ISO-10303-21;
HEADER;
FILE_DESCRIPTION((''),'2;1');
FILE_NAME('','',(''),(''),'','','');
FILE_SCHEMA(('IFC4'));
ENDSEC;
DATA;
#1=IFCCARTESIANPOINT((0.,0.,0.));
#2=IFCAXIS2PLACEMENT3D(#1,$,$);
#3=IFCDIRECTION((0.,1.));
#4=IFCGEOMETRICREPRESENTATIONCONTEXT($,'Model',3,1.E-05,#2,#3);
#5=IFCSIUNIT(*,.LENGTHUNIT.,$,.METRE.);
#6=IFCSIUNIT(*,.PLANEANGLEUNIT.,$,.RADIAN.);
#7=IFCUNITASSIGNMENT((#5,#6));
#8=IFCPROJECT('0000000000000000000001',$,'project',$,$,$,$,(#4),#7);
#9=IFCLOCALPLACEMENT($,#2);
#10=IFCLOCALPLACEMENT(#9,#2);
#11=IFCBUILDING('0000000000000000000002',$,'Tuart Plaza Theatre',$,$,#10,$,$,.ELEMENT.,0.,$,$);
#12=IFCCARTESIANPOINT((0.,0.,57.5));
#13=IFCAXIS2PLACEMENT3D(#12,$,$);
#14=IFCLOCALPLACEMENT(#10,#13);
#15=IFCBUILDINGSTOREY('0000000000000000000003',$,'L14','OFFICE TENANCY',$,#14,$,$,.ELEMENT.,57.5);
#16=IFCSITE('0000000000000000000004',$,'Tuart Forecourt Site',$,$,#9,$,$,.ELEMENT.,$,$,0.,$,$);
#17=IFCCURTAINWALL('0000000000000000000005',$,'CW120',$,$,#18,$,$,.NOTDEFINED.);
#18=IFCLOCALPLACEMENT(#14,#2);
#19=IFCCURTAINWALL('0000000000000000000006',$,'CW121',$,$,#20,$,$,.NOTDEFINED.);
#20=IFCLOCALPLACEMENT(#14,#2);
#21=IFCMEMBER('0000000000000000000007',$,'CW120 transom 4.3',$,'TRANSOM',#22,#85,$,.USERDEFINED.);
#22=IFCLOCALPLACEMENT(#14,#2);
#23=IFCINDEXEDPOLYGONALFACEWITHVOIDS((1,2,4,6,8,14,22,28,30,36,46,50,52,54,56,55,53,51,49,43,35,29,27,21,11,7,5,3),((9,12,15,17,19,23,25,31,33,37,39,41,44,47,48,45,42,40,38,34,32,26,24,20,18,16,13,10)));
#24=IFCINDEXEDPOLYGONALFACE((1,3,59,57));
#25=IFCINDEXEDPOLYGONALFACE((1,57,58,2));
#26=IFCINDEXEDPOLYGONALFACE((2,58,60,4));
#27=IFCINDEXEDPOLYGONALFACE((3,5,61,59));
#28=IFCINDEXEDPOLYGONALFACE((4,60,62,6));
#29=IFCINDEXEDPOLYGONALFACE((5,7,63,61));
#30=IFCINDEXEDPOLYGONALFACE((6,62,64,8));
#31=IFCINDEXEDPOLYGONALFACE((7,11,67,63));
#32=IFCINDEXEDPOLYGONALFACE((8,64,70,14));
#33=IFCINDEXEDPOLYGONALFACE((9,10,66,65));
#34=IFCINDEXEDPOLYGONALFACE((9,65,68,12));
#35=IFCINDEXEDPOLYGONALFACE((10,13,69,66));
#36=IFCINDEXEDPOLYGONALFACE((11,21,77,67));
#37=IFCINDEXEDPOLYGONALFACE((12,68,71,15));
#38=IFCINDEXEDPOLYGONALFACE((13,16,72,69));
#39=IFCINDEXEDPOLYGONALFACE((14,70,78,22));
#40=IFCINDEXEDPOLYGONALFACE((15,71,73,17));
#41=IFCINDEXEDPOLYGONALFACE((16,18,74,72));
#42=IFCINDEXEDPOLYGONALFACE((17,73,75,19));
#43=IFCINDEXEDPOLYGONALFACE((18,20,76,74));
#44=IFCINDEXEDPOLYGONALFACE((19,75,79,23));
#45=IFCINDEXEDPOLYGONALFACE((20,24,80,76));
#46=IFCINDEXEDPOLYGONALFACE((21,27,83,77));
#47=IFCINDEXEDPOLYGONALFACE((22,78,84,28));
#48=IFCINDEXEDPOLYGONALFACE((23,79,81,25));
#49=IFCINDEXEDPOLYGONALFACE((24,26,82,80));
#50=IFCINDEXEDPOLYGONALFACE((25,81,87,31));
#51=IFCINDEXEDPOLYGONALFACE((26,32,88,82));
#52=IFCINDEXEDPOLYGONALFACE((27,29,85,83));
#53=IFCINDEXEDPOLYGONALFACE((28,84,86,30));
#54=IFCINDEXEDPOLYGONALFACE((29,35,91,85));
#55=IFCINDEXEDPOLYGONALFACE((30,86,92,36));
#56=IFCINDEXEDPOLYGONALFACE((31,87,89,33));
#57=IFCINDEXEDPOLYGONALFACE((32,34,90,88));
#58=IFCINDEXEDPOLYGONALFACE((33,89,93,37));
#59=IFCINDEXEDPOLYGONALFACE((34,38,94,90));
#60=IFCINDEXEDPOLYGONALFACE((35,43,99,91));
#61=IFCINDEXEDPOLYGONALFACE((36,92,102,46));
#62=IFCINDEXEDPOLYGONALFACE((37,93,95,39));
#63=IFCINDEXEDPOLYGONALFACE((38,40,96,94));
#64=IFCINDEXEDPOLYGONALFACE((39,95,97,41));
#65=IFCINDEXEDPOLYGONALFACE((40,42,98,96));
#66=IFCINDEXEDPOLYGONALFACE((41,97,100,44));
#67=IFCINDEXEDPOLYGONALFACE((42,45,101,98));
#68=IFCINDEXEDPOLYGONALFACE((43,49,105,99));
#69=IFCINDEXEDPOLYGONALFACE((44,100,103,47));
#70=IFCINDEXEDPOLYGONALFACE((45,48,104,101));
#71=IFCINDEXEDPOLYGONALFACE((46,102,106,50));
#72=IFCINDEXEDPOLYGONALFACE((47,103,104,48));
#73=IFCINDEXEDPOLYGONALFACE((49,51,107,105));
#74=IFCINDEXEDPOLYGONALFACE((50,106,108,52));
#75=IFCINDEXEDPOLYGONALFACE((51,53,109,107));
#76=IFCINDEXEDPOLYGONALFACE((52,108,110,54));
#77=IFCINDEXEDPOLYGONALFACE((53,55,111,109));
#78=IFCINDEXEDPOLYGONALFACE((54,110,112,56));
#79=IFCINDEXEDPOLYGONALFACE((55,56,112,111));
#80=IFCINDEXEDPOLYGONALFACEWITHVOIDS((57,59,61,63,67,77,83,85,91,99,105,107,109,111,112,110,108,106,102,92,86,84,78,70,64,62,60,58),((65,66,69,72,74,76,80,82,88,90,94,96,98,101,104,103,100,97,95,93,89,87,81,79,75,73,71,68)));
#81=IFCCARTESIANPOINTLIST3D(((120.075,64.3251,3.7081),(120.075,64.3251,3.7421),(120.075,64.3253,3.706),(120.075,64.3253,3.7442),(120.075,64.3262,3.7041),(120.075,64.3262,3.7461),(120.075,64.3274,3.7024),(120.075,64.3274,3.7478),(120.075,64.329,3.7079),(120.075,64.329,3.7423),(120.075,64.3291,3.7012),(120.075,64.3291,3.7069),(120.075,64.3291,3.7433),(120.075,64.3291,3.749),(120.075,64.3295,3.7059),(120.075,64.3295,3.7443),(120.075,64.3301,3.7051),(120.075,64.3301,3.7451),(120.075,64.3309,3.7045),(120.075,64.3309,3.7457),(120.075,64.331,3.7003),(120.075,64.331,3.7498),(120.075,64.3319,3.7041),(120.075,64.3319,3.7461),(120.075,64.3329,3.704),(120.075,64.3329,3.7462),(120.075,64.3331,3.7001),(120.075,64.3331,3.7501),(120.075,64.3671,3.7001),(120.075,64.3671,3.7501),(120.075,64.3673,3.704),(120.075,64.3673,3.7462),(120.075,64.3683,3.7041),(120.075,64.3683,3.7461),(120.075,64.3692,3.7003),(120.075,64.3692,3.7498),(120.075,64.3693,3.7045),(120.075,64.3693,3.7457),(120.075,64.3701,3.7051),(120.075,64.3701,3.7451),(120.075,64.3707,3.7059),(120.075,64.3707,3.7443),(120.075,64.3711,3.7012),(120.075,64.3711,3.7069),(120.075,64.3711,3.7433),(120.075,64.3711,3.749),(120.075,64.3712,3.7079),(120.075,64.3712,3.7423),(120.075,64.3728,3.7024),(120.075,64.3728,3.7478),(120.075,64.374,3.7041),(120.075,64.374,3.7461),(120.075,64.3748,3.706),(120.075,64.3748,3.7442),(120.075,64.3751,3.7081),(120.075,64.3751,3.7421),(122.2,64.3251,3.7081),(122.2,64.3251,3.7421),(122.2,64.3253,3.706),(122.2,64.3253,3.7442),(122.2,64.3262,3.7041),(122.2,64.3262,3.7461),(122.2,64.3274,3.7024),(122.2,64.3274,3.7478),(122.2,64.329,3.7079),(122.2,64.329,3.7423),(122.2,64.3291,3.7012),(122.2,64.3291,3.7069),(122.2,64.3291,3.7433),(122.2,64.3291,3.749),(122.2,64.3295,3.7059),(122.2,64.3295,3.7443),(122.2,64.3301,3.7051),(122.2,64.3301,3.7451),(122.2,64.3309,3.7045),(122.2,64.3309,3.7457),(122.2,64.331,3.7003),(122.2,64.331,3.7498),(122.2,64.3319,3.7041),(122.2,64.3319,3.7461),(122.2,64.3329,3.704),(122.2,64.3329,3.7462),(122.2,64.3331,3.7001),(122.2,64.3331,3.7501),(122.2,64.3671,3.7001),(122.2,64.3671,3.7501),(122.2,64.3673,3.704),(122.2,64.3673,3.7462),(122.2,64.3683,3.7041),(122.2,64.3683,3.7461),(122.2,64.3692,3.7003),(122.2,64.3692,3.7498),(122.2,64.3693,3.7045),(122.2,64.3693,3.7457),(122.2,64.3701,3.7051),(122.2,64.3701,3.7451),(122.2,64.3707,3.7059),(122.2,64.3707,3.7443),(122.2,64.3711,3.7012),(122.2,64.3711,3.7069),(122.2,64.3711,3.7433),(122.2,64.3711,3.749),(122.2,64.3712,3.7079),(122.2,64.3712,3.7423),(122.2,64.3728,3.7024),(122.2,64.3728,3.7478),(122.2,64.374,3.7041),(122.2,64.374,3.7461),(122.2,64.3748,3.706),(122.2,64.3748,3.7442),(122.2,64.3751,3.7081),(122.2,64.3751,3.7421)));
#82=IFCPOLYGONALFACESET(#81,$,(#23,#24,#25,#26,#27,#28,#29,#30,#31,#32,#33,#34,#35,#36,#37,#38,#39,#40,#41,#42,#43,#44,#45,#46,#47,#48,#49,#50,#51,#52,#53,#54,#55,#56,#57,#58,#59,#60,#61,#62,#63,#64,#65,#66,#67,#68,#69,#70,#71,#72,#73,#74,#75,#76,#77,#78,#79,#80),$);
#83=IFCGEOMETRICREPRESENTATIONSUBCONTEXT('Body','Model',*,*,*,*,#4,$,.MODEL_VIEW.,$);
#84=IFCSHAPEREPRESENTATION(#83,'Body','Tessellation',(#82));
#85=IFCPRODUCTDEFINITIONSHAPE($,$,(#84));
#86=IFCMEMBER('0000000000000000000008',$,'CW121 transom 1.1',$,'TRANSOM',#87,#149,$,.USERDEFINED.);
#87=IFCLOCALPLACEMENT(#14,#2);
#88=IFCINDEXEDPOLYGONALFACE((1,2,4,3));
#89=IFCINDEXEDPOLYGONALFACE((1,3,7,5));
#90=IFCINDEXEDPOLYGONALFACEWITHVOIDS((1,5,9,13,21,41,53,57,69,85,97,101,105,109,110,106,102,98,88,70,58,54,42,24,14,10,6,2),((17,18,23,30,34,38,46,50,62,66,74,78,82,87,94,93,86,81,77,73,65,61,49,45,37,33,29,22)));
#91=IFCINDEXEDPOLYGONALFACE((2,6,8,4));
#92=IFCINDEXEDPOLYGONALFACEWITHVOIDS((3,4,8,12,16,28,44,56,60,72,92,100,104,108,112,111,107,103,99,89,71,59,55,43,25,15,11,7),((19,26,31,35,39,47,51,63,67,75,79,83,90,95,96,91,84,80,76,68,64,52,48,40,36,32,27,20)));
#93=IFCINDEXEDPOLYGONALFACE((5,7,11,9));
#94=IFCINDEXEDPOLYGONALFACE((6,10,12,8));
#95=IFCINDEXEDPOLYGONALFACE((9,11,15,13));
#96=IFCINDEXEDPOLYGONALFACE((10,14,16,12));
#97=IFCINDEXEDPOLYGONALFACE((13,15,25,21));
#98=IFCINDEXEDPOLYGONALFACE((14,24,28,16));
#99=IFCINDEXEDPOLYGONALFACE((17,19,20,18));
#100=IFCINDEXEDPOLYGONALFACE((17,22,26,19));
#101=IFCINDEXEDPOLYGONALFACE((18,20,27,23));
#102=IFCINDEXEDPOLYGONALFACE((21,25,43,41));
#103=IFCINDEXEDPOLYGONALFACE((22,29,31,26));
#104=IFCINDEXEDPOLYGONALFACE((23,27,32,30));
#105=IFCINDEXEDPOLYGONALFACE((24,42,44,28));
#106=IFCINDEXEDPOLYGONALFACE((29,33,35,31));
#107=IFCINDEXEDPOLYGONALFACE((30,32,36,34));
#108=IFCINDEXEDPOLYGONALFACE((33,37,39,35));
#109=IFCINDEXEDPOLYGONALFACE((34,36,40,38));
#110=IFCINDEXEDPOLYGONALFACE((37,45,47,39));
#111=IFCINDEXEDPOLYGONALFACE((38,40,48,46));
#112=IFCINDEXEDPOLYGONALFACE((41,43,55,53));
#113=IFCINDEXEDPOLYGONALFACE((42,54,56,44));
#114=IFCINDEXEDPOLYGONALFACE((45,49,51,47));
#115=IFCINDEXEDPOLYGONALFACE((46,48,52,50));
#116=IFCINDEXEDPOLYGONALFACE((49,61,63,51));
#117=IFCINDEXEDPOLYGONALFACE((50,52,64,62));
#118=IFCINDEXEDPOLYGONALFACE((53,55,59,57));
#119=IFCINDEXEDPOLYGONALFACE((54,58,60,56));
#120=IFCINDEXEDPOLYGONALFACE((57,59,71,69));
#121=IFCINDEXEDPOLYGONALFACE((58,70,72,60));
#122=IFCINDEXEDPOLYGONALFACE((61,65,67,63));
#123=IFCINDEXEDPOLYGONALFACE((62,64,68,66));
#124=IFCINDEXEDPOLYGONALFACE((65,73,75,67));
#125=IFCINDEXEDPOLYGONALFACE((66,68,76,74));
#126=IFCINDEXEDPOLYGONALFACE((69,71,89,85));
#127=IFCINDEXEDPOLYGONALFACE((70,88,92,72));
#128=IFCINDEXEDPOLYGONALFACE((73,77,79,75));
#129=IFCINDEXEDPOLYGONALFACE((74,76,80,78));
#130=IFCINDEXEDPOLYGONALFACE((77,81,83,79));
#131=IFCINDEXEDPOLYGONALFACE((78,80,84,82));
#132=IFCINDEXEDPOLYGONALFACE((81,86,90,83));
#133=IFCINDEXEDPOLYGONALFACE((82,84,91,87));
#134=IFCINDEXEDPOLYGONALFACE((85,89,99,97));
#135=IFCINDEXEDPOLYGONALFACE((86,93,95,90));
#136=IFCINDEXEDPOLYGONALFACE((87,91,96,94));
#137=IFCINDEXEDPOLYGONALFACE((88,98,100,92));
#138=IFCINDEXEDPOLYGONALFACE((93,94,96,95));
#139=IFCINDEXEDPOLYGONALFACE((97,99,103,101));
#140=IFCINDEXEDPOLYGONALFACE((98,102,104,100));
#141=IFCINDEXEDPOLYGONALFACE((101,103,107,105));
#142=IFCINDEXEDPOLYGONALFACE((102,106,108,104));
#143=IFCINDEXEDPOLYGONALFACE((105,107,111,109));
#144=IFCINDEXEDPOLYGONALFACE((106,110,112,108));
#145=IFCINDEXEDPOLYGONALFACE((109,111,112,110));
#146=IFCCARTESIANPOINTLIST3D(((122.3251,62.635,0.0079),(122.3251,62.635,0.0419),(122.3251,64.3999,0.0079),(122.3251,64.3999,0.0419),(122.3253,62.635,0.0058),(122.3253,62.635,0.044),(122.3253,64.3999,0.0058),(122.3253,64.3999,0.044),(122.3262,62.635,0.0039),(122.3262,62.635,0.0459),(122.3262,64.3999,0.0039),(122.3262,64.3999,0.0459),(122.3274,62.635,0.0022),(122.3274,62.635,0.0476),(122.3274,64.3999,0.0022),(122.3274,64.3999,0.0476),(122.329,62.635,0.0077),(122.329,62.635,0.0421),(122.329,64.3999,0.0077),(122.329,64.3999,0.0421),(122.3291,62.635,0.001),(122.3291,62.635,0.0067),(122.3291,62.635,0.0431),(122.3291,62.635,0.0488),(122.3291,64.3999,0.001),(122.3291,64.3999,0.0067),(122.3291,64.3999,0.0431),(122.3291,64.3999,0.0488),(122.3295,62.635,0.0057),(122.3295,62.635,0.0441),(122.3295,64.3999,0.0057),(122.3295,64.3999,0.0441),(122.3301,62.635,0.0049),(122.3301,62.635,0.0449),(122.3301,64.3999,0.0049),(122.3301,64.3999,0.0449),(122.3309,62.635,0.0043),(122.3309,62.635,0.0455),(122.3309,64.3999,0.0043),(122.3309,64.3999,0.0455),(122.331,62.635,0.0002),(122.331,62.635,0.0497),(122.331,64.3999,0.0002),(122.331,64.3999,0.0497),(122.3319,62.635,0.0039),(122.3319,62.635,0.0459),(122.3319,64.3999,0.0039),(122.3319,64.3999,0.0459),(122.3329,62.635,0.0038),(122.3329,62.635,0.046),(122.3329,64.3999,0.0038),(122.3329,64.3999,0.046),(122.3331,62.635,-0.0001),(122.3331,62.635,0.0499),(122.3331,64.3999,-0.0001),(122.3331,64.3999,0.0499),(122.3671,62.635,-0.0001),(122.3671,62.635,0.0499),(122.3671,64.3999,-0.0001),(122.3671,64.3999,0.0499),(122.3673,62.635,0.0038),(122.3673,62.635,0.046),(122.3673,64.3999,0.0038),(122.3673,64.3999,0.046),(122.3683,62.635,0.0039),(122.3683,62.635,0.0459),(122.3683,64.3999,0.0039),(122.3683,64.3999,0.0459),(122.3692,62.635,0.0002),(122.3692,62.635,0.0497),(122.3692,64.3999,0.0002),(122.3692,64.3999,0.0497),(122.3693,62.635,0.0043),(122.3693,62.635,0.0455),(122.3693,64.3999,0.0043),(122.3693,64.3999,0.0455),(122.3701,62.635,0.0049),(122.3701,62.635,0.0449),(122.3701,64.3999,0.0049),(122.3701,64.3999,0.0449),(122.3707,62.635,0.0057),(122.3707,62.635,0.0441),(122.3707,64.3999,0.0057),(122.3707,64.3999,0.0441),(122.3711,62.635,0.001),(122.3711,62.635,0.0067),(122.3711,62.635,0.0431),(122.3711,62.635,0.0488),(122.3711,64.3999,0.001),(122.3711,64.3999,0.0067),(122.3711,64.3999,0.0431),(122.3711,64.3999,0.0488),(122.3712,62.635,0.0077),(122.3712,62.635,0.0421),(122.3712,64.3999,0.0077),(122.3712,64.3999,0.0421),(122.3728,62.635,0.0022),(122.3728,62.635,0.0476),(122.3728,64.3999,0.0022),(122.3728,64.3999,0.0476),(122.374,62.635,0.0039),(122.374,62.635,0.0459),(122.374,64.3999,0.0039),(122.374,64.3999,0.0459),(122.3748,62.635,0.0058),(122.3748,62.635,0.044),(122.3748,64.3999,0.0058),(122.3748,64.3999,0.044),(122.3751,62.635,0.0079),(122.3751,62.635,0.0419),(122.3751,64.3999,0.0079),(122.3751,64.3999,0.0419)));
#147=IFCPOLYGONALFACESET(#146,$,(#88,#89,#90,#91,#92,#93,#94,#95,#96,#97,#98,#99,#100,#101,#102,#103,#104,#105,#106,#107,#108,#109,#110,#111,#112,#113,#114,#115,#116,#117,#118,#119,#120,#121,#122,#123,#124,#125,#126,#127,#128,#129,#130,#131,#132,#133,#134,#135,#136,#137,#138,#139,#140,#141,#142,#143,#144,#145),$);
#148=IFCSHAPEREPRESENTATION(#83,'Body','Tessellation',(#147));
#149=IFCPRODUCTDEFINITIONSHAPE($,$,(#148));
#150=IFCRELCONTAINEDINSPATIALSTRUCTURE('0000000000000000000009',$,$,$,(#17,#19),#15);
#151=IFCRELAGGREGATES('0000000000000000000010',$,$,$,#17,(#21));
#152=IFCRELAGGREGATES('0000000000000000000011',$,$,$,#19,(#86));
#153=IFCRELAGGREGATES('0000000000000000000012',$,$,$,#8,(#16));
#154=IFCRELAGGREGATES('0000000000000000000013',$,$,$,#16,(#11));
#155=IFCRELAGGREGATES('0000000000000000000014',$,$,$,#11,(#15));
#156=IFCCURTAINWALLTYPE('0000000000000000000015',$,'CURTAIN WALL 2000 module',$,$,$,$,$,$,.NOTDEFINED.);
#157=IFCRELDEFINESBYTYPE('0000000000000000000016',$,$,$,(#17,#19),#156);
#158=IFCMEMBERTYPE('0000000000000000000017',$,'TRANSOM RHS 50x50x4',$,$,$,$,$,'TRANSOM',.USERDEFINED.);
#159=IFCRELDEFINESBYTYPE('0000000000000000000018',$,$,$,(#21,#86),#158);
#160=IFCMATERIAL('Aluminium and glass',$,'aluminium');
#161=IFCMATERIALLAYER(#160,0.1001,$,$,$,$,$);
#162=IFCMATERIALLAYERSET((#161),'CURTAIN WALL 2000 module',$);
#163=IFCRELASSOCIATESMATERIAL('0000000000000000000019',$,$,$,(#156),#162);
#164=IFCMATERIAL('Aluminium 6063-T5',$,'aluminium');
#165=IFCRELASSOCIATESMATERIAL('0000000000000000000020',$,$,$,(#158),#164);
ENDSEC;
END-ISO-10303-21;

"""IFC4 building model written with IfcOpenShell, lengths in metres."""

from ifc_helpers import new_model, si_unit, direction, frame, origin, origin_2d, place, context, subcontext, project, spatial, hollow_rectangle, extrude, material, layer, layer_set, material_profile, profile_set, type_object, element, aggregate, save


model = new_model("IFC4")

# Units and contexts
model_context = context("Model", 3, precision=1e-05, world=origin(), true_north=direction((0.0, 1.0)))
body_context = subcontext(model_context, "Body", "Model", "MODEL_VIEW")
ifc_project = project(units=[si_unit("LENGTHUNIT", "METRE"), si_unit("PLANEANGLEUNIT", "RADIAN")], contexts=[model_context])

# Site, building, storey
site_placement = place(None, origin())
site = spatial("IfcSite", under=ifc_project, at=site_placement, Name="Tuart Forecourt Site", CompositionType="ELEMENT", RefElevation=0.0)
building_placement = place(site_placement, origin())
building = spatial("IfcBuilding", under=site, at=building_placement, Name="Tuart Plaza Theatre", CompositionType="ELEMENT", ElevationOfRefHeight=0.0)
storey_placement = place(building_placement, frame((0.0, 0.0, 57.5)))
storey = spatial("IfcBuildingStorey", under=building, at=storey_placement, Name="L14", Description="OFFICE TENANCY", CompositionType="ELEMENT", Elevation=57.5)

# Curtain wall
ifc_material_1 = material(Name="Aluminium and glass", Category="aluminium")
ifc_layer_1 = layer(ifc_material_1, 0.1001)
ifc_layer_set_1 = layer_set([ifc_layer_1], Name="CURTAIN WALL 2000 module")
curtain_wall_type = type_object("IfcCurtainWallType", Name="CURTAIN WALL 2000 module", PredefinedType="NOTDEFINED", material=ifc_layer_set_1)
curtain_wall_1_placement = place(storey_placement, origin())
curtain_wall_1 = element("IfcCurtainWall", 1, at=curtain_wall_1_placement, inside=storey, type_object=curtain_wall_type, Name="CW120", PredefinedType="NOTDEFINED")

# Curtain wall
curtain_wall_2_placement = place(storey_placement, origin())
curtain_wall_2 = element("IfcCurtainWall", 2, at=curtain_wall_2_placement, inside=storey, type_object=curtain_wall_type, Name="CW121", PredefinedType="NOTDEFINED")

# Members
ifc_material_2 = material(Name="Aluminium 6063-T5", Category="aluminium")
ifc_material_profile_1 = material_profile(ifc_material_2, hollow_rectangle(XDim=0.05, YDim=0.05, WallThickness=0.0039, InnerFilletRadius=0.0039, OuterFilletRadius=0.0081, at=origin_2d()), Name="RHS 50x50x4")
ifc_profile_set_1 = profile_set([ifc_material_profile_1], Name="Aluminium 6063-T5")
member_type_1 = type_object("IfcMemberType", Name="TRANSOM RHS 50x50x4", ElementType="TRANSOM", PredefinedType="USERDEFINED", material=ifc_profile_set_1)
member_1_placement = place(storey_placement, frame((120.075, 64.3501, 3.7251), z_axis=(1.0, 0.0, 0.0), x_axis=(0.0, 1.0, 0.0)))
member_1 = element("IfcMember", 3, at=member_1_placement, type_object=member_type_1, Name="CW120 transom 4.3", ObjectType="TRANSOM", PredefinedType="USERDEFINED", context=body_context, shape_type="SweptSolid", body=[
    extrude(hollow_rectangle(XDim=0.05, YDim=0.05, WallThickness=0.0039, InnerFilletRadius=0.0039, OuterFilletRadius=0.0081, at=origin_2d()), origin(), (0.0, 0.0, 1.0), 2.125),
])
member_2_placement = place(storey_placement, frame((122.3501, 64.3999, 0.0249), z_axis=(0.0, -1.0, 0.0), x_axis=(1.0, 0.0, 0.0)))
member_2 = element("IfcMember", 4, at=member_2_placement, type_object=member_type_1, Name="CW121 transom 1.1", ObjectType="TRANSOM", PredefinedType="USERDEFINED", context=body_context, shape_type="SweptSolid", body=[
    extrude(hollow_rectangle(XDim=0.05, YDim=0.05, WallThickness=0.0039, InnerFilletRadius=0.0039, OuterFilletRadius=0.0081, at=origin_2d()), origin(), (0.0, 0.0, 1.0), 1.7649),
])

aggregate(curtain_wall_1, [member_1])
aggregate(curtain_wall_2, [member_2])

save(model, "model.ifc")
